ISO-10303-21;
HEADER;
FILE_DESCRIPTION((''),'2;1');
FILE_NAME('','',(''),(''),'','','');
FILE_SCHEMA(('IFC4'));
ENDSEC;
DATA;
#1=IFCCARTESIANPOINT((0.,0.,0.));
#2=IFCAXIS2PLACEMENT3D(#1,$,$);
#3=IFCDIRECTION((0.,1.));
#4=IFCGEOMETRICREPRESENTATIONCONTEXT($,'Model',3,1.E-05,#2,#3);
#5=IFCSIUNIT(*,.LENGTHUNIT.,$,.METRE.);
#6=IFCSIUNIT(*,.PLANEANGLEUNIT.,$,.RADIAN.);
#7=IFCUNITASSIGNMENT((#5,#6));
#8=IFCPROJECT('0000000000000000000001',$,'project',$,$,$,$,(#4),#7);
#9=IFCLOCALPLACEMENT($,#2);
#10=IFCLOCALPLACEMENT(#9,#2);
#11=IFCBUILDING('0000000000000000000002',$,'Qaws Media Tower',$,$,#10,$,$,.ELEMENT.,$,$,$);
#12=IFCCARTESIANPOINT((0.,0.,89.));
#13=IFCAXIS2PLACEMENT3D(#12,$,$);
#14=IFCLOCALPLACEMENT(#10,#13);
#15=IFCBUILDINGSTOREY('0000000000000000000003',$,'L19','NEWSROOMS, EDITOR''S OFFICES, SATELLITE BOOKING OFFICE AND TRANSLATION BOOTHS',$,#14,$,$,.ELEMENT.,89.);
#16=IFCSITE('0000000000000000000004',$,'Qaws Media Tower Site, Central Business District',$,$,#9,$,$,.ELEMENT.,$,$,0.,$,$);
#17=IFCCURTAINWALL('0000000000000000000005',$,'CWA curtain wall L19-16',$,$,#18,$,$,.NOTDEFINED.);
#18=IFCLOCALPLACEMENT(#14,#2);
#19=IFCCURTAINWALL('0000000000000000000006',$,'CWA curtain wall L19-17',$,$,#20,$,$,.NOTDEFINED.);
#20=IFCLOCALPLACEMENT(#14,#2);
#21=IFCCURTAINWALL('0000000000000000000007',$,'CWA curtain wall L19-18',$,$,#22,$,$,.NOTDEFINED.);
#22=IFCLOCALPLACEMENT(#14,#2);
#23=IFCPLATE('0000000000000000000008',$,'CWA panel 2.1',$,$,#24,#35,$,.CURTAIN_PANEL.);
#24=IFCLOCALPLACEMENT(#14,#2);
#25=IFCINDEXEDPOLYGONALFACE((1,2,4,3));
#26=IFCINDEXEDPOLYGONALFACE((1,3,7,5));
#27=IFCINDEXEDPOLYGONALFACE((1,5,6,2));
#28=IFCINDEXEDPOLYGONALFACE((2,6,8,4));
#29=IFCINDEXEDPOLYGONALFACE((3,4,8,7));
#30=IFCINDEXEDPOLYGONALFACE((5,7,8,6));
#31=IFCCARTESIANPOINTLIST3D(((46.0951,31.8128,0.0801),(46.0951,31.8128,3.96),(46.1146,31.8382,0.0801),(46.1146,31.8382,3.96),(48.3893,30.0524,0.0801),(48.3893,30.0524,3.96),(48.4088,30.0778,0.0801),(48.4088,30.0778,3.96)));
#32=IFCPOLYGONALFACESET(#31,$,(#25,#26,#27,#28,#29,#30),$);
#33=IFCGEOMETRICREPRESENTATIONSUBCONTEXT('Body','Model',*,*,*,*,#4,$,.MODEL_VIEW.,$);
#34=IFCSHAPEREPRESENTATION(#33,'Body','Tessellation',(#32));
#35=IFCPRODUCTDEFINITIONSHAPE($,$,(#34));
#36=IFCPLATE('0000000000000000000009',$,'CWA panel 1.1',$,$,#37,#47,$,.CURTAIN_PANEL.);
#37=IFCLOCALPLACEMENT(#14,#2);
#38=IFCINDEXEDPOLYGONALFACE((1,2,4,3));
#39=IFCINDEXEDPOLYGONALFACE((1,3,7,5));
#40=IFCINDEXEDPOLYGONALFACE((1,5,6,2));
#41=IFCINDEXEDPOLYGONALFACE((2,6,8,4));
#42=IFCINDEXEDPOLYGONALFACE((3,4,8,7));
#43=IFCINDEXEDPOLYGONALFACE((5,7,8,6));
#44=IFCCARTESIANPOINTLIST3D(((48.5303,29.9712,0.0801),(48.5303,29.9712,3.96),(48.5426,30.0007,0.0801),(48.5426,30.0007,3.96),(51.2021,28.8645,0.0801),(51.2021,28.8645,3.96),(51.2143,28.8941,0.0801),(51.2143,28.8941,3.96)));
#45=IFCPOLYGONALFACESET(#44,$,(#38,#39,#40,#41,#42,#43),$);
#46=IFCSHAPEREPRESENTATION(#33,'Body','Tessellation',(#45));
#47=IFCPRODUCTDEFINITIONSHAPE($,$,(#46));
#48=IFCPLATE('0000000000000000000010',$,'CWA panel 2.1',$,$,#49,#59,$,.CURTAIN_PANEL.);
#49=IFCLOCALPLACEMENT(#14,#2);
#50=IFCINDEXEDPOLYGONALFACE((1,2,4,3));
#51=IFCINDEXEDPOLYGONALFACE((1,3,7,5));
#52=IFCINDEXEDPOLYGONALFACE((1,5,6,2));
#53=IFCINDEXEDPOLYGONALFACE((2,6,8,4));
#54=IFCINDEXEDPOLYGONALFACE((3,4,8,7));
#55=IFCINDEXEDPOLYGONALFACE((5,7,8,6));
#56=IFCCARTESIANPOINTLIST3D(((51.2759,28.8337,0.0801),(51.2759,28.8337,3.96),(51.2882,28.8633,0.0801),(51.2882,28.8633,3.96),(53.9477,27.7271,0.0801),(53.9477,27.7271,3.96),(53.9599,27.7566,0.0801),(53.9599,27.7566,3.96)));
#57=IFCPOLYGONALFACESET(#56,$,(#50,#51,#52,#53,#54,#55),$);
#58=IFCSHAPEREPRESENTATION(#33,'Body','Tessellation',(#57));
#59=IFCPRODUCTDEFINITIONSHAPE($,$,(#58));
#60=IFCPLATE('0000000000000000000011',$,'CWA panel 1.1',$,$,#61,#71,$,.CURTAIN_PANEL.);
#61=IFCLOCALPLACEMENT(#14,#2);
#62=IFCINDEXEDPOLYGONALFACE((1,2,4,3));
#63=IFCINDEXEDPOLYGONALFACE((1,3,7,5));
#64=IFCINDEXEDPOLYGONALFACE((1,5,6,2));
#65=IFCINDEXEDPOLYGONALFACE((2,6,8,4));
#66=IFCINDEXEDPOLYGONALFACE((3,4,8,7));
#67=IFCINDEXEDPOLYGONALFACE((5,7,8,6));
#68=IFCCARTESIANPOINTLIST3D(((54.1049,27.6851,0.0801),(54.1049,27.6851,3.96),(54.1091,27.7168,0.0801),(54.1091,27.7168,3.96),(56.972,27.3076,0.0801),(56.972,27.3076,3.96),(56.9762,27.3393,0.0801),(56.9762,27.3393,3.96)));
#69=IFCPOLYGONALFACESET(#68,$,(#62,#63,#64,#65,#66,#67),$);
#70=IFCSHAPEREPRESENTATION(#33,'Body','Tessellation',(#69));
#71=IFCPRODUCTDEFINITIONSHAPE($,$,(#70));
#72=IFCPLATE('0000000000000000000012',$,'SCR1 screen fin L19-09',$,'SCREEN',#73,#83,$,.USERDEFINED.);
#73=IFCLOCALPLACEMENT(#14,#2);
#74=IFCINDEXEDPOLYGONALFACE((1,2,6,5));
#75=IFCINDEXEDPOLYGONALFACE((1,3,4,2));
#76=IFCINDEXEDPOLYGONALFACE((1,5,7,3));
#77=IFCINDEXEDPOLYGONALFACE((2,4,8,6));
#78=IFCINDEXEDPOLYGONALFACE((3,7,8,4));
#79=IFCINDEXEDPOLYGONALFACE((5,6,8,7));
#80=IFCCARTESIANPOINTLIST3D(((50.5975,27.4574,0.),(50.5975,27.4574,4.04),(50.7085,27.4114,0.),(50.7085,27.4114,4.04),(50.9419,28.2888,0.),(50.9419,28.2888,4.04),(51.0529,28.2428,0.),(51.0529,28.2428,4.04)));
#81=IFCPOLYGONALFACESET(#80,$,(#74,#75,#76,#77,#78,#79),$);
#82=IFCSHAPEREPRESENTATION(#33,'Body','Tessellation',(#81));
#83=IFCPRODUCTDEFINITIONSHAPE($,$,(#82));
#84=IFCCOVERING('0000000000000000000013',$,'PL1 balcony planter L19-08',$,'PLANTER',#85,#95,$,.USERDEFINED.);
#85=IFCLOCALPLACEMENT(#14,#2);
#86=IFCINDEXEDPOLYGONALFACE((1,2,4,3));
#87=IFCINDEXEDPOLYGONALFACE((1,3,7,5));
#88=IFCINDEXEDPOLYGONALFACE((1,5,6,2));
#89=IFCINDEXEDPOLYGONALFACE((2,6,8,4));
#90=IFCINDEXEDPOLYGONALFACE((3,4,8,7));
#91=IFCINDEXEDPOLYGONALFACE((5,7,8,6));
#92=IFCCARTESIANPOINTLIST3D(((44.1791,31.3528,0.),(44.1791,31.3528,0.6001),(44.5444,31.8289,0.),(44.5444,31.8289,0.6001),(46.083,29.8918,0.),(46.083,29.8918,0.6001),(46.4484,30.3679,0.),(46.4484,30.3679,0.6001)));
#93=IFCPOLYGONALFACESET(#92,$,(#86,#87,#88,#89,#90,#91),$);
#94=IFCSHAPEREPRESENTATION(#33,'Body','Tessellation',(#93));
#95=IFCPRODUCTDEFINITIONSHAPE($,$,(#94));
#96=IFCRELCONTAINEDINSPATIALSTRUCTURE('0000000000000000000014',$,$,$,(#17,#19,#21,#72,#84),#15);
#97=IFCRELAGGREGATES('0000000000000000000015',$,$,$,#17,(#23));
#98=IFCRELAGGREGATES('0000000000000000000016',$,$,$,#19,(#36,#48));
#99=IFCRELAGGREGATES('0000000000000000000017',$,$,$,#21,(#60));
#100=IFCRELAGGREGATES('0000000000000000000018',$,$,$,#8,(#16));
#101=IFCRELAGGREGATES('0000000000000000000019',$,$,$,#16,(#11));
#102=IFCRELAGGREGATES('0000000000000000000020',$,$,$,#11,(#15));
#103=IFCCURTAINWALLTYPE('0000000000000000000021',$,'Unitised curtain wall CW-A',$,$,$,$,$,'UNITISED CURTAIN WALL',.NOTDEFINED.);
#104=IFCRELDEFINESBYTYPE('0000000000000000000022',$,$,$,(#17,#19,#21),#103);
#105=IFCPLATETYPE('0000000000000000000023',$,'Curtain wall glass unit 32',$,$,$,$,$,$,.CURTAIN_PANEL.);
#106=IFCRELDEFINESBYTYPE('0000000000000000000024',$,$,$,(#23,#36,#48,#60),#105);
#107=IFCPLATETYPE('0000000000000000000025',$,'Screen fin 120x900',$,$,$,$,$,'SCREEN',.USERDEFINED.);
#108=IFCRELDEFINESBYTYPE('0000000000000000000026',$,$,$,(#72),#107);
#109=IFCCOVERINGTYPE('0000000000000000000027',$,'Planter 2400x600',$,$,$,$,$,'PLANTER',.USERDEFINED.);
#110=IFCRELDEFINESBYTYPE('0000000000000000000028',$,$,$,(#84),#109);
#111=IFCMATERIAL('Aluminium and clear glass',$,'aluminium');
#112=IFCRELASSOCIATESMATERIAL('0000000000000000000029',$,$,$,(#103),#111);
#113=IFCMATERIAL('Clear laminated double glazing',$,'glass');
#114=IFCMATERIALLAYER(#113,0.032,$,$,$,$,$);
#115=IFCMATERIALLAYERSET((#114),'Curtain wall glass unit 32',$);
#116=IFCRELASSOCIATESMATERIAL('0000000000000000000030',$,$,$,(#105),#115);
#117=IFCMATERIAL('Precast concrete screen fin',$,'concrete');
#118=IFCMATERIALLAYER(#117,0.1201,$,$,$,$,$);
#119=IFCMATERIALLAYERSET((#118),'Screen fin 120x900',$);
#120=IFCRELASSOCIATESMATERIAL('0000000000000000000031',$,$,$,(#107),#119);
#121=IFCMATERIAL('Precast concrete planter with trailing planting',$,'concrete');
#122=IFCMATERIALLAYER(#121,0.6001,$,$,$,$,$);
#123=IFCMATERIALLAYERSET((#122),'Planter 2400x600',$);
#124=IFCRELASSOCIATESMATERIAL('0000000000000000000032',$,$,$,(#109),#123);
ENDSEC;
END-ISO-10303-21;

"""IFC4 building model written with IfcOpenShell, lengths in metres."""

from ifc_helpers import new_model, si_unit, direction, frame, origin, origin_2d, place, context, subcontext, project, spatial, rectangle, extrude, material, layer, layer_set, type_object, element, aggregate, save


model = new_model("IFC4")

# Units and contexts
model_context = context("Model", 3, precision=1e-05, world=origin(), true_north=direction((0.0, 1.0)))
body_context = subcontext(model_context, "Body", "Model", "MODEL_VIEW")
ifc_project = project(units=[si_unit("LENGTHUNIT", "METRE"), si_unit("PLANEANGLEUNIT", "RADIAN")], contexts=[model_context])

# Site, building, storey
site_placement = place(None, origin())
site = spatial("IfcSite", under=ifc_project, at=site_placement, Name="Qaws Media Tower Site, Central Business District", CompositionType="ELEMENT", RefElevation=0.0)
building_placement = place(site_placement, origin())
building = spatial("IfcBuilding", under=site, at=building_placement, Name="Qaws Media Tower", CompositionType="ELEMENT")
storey_placement = place(building_placement, frame((0.0, 0.0, 89.0)))
storey = spatial("IfcBuildingStorey", under=building, at=storey_placement, Name="L19", Description="NEWSROOMS, EDITOR'S OFFICES, SATELLITE BOOKING OFFICE AND TRANSLATION BOOTHS", CompositionType="ELEMENT", Elevation=89.0)

# Curtain walls
ifc_material_1 = material(Name="Aluminium and clear glass", Category="aluminium")
curtain_wall_type = type_object("IfcCurtainWallType", Name="Unitised curtain wall CW-A", ElementType="UNITISED CURTAIN WALL", PredefinedType="NOTDEFINED", material=ifc_material_1)
curtain_wall_1_placement = place(storey_placement, origin())
curtain_wall_1 = element("IfcCurtainWall", 1, at=curtain_wall_1_placement, inside=storey, type_object=curtain_wall_type, Name="CWA curtain wall L19-16", PredefinedType="NOTDEFINED")
curtain_wall_2_placement = place(storey_placement, origin())
curtain_wall_2 = element("IfcCurtainWall", 2, at=curtain_wall_2_placement, inside=storey, type_object=curtain_wall_type, Name="CWA curtain wall L19-17", PredefinedType="NOTDEFINED")

# Curtain wall
curtain_wall_3_placement = place(storey_placement, origin())
curtain_wall_3 = element("IfcCurtainWall", 3, at=curtain_wall_3_placement, inside=storey, type_object=curtain_wall_type, Name="CWA curtain wall L19-18", PredefinedType="NOTDEFINED")

# Plates
ifc_material_2 = material(Name="Clear laminated double glazing", Category="glass")
ifc_layer_1 = layer(ifc_material_2, 0.032)
ifc_layer_set_1 = layer_set([ifc_layer_1], Name="Curtain wall glass unit 32")
plate_type_1 = type_object("IfcPlateType", Name="Curtain wall glass unit 32", PredefinedType="CURTAIN_PANEL", material=ifc_layer_set_1)
plate_1_placement = place(storey_placement, frame((47.252, 30.9453, 0.0801), z_axis=(0.0, 0.0, 1.0), x_axis=(0.793353, -0.608761, 0.0)))
plate_1 = element("IfcPlate", 4, at=plate_1_placement, type_object=plate_type_1, Name="CWA panel 2.1", PredefinedType="CURTAIN_PANEL", context=body_context, shape_type="SweptSolid", body=[
    extrude(rectangle(XDim=2.8918, YDim=0.032, at=origin_2d()), origin(), (0.0, 0.0, 1.0), 3.8799),
])
aggregate(curtain_wall_1, [plate_1])
plate_2_placement = place(storey_placement, frame((49.8723, 29.4326, 0.0801), z_axis=(0.0, 0.0, 1.0), x_axis=(0.92388, -0.382683, 0.0)))
plate_2 = element("IfcPlate", 5, at=plate_2_placement, type_object=plate_type_1, Name="CWA panel 1.1", PredefinedType="CURTAIN_PANEL", context=body_context, shape_type="SweptSolid", body=[
    extrude(rectangle(XDim=2.8918, YDim=0.032, at=origin_2d()), origin(), (0.0, 0.0, 1.0), 3.8799),
])
plate_3_placement = place(storey_placement, frame((52.6179, 28.2952, 0.0801), z_axis=(0.0, 0.0, 1.0), x_axis=(0.92388, -0.382683, 0.0)))
plate_3 = element("IfcPlate", 6, at=plate_3_placement, type_object=plate_type_1, Name="CWA panel 2.1", PredefinedType="CURTAIN_PANEL", context=body_context, shape_type="SweptSolid", body=[
    extrude(rectangle(XDim=2.8918, YDim=0.032, at=origin_2d()), origin(), (0.0, 0.0, 1.0), 3.8799),
])
aggregate(curtain_wall_2, [plate_2, plate_3])
plate_4_placement = place(storey_placement, frame((55.5405, 27.5122, 0.0801), z_axis=(0.0, 0.0, 1.0), x_axis=(0.991445, -0.130526, 0.0)))
plate_4 = element("IfcPlate", 7, at=plate_4_placement, type_object=plate_type_1, Name="CWA panel 1.1", PredefinedType="CURTAIN_PANEL", context=body_context, shape_type="SweptSolid", body=[
    extrude(rectangle(XDim=2.8918, YDim=0.032, at=origin_2d()), origin(), (0.0, 0.0, 1.0), 3.8799),
])
aggregate(curtain_wall_3, [plate_4])
ifc_material_3 = material(Name="Precast concrete screen fin", Category="concrete")
ifc_layer_2 = layer(ifc_material_3, 0.1201)
ifc_layer_set_2 = layer_set([ifc_layer_2], Name="Screen fin 120x900")
plate_type_2 = type_object("IfcPlateType", Name="Screen fin 120x900", ElementType="SCREEN", PredefinedType="USERDEFINED", material=ifc_layer_set_2)
plate_5_placement = place(storey_placement, frame((50.8252, 27.8501, 0.0), z_axis=(0.0, 0.0, 1.0), x_axis=(-0.382683, -0.92388, 0.0)))
element("IfcPlate", 8, at=plate_5_placement, inside=storey, type_object=plate_type_2, Name="SCR1 screen fin L19-09", ObjectType="SCREEN", PredefinedType="USERDEFINED", context=body_context, shape_type="SweptSolid", body=[
    extrude(rectangle(XDim=0.8999, YDim=0.1201, at=origin_2d()), origin(), (0.0, 0.0, 1.0), 4.04),
])

# Covering
ifc_material_4 = material(Name="Precast concrete planter with trailing planting", Category="concrete")
ifc_layer_3 = layer(ifc_material_4, 0.6001)
ifc_layer_set_3 = layer_set([ifc_layer_3], Name="Planter 2400x600")
covering_type = type_object("IfcCoveringType", Name="Planter 2400x600", ElementType="PLANTER", PredefinedType="USERDEFINED", material=ifc_layer_set_3)
covering_placement = place(storey_placement, frame((45.3137, 30.8604, 0.0), z_axis=(0.0, 0.0, 1.0), x_axis=(0.793353, -0.608761, 0.0)))
element("IfcCovering", 9, at=covering_placement, inside=storey, type_object=covering_type, Name="PL1 balcony planter L19-08", ObjectType="PLANTER", PredefinedType="USERDEFINED", context=body_context, shape_type="SweptSolid", body=[
    extrude(rectangle(XDim=2.3999, YDim=0.6001, at=origin_2d()), origin(), (0.0, 0.0, 1.0), 0.6001),
])

save(model, "model.ifc")
